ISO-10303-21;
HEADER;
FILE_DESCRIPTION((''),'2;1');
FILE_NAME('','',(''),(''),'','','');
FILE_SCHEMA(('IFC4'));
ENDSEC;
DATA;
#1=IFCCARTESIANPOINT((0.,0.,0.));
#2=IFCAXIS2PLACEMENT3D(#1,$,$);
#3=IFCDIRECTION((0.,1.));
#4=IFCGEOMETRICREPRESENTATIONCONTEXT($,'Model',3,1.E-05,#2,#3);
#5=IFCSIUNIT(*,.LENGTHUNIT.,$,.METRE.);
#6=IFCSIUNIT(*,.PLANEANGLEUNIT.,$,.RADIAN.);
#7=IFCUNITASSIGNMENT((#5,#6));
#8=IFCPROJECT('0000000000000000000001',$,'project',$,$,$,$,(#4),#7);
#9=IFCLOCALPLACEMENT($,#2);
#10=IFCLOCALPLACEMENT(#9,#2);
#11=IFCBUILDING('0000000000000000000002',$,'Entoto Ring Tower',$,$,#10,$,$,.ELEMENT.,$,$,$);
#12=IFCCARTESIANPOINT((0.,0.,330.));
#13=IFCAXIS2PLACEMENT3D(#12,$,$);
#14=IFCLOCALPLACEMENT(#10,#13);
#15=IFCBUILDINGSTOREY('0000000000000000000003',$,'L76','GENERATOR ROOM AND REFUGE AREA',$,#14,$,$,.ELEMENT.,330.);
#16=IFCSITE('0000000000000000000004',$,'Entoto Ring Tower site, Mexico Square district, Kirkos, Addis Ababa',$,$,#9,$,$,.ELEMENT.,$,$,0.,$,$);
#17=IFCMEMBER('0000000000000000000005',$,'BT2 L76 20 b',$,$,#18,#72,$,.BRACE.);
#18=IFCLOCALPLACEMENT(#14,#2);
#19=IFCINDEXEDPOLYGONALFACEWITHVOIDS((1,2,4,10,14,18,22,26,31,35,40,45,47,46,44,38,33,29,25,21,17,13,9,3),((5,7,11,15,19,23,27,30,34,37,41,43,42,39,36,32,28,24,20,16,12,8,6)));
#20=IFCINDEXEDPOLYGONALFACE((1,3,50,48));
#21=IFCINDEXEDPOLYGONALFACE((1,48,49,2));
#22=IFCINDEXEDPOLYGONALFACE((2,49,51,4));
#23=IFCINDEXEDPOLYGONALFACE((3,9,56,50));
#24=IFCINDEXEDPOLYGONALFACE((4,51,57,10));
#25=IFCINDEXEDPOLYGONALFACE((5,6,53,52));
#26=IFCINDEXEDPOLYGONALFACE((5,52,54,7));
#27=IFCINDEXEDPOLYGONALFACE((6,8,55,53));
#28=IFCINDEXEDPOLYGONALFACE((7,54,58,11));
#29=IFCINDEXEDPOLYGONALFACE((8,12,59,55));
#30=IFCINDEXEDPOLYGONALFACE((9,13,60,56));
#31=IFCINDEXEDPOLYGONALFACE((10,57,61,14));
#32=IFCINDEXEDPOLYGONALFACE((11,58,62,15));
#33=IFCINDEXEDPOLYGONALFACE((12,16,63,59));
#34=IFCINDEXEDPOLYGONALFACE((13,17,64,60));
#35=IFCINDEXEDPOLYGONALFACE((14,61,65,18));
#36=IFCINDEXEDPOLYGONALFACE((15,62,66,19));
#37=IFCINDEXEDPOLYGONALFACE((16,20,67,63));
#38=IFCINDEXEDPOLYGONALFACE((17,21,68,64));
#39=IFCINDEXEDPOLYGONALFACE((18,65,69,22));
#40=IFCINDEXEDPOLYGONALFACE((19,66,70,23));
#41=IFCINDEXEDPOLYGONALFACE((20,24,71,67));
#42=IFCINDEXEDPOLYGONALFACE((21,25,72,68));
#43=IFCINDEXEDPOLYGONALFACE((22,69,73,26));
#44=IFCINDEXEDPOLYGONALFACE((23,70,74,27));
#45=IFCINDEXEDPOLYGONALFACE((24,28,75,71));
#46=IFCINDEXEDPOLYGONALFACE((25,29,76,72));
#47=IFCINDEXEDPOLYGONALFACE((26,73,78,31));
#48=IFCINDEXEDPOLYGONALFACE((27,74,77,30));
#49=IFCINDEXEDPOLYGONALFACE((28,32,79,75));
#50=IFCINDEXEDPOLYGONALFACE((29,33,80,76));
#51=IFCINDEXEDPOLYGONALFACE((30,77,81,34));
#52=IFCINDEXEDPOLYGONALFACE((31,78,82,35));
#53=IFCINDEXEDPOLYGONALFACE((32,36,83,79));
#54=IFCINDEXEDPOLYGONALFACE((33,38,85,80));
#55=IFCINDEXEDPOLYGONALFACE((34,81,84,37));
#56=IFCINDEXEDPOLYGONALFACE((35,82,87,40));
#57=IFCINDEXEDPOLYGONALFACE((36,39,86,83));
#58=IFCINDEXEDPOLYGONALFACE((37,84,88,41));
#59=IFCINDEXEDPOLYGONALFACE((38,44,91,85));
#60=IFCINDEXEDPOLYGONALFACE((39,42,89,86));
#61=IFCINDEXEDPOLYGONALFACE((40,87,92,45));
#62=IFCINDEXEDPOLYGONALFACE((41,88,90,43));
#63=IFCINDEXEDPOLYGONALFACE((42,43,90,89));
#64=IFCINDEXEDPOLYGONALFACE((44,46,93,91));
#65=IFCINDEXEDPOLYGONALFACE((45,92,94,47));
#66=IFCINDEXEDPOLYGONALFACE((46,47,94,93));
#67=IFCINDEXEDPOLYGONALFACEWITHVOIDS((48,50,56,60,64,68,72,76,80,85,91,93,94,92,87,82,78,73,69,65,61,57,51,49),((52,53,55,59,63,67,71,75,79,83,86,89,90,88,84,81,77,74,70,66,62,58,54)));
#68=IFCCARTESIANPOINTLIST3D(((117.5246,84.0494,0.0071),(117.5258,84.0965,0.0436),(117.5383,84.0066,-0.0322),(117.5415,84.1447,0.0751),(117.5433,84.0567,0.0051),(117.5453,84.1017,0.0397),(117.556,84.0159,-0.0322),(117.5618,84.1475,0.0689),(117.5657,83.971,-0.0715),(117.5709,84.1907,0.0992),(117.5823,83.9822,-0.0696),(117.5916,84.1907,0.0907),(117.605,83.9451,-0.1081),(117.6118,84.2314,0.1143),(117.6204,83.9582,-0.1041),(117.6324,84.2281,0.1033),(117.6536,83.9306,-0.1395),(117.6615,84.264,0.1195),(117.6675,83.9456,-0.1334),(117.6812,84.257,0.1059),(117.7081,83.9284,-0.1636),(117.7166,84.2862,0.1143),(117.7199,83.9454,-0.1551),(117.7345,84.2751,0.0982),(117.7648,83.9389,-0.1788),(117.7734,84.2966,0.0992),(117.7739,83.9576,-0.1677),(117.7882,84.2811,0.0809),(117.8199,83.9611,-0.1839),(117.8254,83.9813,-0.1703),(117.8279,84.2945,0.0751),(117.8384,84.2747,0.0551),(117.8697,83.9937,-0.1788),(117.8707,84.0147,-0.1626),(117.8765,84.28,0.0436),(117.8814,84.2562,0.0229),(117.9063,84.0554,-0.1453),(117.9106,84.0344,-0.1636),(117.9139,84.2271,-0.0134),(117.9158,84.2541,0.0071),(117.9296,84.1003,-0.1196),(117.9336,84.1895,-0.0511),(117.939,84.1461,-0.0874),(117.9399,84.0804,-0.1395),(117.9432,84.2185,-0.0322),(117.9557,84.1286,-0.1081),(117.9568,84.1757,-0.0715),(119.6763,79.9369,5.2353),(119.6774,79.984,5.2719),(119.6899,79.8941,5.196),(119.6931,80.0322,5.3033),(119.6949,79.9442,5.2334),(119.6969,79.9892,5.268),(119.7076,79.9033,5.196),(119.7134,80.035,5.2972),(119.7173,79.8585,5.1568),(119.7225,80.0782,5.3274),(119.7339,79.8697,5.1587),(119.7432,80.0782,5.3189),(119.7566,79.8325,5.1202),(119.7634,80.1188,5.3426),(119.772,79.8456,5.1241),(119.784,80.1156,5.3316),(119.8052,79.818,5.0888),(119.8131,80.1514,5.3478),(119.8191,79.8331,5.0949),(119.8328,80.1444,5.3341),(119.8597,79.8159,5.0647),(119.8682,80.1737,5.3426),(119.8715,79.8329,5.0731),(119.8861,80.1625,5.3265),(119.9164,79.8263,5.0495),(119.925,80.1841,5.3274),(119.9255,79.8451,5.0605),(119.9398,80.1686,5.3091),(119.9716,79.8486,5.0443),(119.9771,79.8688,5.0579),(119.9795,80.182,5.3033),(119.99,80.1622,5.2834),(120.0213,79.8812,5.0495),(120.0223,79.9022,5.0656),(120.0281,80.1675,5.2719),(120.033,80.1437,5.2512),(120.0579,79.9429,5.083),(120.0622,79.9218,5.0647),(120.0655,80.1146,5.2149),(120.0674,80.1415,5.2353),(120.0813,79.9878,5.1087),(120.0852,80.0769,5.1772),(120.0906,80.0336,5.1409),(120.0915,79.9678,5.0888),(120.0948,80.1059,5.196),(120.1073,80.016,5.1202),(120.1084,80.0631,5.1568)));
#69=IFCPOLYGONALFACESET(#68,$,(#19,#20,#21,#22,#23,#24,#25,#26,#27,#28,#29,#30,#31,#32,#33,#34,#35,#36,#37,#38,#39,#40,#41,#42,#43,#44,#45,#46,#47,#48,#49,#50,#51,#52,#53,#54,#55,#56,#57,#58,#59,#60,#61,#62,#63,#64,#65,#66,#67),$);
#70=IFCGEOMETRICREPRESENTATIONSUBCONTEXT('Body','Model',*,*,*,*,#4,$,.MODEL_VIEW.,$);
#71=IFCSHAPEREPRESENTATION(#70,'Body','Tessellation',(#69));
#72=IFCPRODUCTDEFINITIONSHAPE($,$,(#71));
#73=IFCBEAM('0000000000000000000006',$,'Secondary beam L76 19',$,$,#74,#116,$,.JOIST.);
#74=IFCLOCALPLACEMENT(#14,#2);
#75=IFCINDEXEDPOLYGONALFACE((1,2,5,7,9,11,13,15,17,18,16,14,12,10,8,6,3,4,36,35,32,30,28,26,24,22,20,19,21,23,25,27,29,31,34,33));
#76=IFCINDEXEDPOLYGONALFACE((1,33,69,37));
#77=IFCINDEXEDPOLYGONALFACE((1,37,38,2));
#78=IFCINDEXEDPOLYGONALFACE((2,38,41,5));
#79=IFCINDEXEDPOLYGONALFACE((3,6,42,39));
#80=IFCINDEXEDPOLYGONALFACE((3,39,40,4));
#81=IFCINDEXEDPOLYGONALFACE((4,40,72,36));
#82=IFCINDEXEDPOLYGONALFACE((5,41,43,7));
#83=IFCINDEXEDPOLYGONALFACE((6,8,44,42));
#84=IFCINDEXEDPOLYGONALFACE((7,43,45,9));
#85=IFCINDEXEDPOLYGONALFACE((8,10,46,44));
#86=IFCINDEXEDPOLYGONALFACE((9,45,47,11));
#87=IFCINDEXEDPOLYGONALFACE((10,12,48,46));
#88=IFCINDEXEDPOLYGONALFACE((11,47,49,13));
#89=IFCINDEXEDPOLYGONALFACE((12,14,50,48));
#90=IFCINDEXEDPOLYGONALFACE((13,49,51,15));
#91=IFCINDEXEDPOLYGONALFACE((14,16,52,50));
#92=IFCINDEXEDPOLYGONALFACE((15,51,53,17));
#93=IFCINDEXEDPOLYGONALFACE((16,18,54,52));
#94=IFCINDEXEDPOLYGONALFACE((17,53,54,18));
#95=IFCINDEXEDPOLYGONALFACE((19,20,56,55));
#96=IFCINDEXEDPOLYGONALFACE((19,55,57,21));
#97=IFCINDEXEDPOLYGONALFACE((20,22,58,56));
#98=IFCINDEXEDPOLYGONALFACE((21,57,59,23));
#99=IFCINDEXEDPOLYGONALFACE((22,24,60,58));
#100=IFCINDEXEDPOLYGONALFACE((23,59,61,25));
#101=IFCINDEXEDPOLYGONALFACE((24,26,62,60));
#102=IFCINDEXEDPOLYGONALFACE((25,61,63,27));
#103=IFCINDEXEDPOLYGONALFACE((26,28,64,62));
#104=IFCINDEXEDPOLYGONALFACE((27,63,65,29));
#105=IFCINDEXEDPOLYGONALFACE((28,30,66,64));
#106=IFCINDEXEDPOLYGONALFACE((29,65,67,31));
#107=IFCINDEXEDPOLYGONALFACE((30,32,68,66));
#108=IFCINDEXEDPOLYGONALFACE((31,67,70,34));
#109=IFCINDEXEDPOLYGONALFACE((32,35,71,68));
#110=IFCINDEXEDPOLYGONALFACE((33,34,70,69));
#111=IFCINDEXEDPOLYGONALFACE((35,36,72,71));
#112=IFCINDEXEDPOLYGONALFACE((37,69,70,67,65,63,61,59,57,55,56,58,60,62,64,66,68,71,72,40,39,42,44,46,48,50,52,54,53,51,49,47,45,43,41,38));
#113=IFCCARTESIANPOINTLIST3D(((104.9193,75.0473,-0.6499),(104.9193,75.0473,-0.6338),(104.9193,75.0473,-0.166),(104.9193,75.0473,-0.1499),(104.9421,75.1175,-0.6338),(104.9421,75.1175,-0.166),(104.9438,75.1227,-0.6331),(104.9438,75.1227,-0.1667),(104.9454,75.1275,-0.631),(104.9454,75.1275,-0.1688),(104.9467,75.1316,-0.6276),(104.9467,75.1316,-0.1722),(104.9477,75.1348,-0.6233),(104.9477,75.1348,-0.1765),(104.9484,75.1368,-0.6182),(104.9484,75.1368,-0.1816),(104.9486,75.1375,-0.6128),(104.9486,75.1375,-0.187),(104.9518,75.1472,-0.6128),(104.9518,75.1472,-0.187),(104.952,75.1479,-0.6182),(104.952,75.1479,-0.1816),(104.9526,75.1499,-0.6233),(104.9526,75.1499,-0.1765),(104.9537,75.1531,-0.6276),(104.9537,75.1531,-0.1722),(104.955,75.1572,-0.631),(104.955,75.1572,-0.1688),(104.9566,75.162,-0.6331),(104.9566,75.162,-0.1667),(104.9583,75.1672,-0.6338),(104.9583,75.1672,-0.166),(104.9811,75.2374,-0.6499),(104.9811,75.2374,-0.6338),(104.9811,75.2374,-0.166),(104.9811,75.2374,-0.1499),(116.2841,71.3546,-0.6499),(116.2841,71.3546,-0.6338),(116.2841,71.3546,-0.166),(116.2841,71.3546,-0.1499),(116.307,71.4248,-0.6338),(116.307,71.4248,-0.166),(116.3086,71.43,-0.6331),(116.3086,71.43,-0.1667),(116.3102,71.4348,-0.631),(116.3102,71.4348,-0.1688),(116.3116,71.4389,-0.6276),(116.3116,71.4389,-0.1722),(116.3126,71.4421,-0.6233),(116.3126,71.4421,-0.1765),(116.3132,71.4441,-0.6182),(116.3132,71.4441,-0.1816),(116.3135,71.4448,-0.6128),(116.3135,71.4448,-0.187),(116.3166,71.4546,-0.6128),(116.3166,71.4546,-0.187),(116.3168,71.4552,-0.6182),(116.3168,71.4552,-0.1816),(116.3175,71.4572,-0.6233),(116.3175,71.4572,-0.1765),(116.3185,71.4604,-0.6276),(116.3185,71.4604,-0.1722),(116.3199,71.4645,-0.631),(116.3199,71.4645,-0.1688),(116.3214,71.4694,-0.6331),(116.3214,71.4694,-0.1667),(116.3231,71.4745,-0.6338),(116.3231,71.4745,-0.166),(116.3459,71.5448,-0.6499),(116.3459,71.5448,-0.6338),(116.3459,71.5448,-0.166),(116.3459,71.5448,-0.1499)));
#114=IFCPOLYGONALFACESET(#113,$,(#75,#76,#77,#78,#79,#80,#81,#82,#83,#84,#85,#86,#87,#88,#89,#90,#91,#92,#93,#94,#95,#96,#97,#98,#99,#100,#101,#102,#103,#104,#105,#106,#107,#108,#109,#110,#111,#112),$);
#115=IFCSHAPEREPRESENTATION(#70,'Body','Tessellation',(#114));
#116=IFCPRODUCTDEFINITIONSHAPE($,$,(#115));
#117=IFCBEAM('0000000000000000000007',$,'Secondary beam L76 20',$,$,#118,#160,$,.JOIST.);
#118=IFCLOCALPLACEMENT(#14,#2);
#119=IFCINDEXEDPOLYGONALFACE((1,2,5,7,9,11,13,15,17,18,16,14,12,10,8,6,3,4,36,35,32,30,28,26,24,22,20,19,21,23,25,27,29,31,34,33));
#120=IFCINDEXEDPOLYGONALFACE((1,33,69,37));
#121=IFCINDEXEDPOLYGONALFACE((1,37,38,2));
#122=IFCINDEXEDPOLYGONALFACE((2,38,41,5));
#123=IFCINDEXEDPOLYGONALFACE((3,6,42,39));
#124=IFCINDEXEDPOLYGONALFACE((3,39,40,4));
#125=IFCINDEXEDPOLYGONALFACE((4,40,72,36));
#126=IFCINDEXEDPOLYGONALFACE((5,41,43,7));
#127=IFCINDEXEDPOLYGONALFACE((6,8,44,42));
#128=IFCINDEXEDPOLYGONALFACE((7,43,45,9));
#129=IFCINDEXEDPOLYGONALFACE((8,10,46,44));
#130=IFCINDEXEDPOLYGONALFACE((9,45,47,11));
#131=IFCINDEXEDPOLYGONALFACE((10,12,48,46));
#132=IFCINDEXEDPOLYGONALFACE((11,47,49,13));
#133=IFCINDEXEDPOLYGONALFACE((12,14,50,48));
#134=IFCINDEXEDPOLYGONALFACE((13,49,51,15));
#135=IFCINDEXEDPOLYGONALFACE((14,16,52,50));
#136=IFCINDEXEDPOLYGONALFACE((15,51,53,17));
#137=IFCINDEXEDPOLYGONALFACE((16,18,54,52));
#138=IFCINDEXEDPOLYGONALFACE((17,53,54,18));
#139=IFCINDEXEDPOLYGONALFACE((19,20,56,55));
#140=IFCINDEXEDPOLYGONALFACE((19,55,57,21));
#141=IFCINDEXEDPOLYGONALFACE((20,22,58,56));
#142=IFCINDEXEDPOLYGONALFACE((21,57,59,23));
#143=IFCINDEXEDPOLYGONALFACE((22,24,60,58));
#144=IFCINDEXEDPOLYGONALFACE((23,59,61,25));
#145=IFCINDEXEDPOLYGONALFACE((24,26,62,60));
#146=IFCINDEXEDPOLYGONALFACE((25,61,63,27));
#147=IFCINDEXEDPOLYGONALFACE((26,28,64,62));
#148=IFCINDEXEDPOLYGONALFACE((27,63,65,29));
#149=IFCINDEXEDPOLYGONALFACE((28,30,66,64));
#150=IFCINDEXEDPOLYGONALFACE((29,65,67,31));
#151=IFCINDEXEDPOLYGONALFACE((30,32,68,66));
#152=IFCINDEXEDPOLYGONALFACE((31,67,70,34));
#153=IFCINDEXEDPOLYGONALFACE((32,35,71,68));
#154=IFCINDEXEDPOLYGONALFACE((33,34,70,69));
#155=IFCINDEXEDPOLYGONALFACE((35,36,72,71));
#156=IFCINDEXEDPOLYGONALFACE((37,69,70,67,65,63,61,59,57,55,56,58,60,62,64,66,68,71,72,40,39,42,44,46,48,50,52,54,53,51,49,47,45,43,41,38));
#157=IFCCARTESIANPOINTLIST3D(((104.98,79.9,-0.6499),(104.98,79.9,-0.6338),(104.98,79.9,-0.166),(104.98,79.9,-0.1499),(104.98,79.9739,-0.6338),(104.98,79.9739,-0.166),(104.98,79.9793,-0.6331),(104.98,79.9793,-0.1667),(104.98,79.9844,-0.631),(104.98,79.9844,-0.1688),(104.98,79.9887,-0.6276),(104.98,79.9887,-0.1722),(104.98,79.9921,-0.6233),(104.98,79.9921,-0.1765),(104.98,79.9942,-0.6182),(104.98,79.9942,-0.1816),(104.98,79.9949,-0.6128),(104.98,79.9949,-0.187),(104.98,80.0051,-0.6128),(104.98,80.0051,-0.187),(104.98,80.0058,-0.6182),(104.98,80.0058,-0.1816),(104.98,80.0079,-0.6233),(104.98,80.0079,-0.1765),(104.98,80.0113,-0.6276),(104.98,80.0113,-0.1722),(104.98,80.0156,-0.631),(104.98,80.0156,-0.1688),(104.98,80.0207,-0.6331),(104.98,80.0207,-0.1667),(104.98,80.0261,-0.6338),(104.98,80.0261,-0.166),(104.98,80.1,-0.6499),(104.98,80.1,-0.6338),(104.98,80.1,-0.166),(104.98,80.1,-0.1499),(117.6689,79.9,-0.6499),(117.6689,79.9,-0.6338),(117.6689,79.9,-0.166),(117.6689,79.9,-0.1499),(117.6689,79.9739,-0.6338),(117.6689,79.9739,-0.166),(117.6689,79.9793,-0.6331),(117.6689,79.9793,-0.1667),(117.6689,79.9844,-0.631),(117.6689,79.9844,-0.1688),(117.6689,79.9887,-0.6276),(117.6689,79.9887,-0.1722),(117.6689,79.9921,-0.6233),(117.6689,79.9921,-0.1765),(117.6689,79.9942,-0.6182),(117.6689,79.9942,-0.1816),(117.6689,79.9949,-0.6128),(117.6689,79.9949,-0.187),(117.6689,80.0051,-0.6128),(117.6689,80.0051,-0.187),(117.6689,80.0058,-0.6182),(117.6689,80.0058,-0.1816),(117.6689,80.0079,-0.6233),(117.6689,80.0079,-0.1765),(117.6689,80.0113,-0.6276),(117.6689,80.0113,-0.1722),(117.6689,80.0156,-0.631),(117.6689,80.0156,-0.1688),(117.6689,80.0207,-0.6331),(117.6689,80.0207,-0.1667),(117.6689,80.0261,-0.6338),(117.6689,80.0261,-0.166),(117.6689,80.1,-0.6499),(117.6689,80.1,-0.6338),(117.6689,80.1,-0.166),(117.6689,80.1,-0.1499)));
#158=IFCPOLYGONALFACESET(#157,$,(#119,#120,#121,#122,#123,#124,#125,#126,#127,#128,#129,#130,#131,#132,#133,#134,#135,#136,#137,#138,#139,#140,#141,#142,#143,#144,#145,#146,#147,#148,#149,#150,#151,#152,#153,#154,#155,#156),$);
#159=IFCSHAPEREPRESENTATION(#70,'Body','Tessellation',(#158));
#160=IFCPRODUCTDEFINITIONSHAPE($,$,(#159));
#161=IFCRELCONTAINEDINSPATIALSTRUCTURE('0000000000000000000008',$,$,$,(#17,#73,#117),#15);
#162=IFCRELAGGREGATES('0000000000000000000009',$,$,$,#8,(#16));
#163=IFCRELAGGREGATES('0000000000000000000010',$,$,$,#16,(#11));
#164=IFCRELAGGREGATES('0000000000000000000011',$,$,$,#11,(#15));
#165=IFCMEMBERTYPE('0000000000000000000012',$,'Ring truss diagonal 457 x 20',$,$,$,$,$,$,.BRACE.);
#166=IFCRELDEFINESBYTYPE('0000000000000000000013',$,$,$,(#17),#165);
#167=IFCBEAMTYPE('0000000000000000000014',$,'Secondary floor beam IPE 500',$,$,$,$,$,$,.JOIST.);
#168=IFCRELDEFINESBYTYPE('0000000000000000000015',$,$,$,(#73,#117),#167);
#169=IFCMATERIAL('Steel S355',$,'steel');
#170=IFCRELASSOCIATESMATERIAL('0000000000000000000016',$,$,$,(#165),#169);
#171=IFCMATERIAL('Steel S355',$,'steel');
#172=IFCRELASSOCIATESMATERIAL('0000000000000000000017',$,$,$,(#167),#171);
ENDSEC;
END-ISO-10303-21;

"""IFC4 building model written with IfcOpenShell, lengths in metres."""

from ifc_helpers import new_model, si_unit, direction, frame, origin, origin_2d, place, context, subcontext, project, spatial, circle, hollow_circle, i_section, extrude, material, material_profile, profile_set, type_object, element, save


model = new_model("IFC4")

# Units and contexts
model_context = context("Model", 3, precision=1e-05, world=origin(), true_north=direction((0.0, 1.0)))
body_context = subcontext(model_context, "Body", "Model", "MODEL_VIEW")
ifc_project = project(units=[si_unit("LENGTHUNIT", "METRE"), si_unit("PLANEANGLEUNIT", "RADIAN")], contexts=[model_context])

# Site, building, storey
site_placement = place(None, origin())
site = spatial("IfcSite", under=ifc_project, at=site_placement, Name="Entoto Ring Tower site, Mexico Square district, Kirkos, Addis Ababa", CompositionType="ELEMENT", RefElevation=0.0)
building_placement = place(site_placement, origin())
building = spatial("IfcBuilding", under=site, at=building_placement, Name="Entoto Ring Tower", CompositionType="ELEMENT")
storey_placement = place(building_placement, frame((0.0, 0.0, 330.0)))
storey = spatial("IfcBuildingStorey", under=building, at=storey_placement, Name="L76", Description="GENERATOR ROOM AND REFUGE AREA", CompositionType="ELEMENT", Elevation=330.0)

# Member
ifc_material_1 = material(Name="Steel S355", Category="steel")
ifc_material_profile_1 = material_profile(ifc_material_1, hollow_circle(Radius=0.2285, WallThickness=0.02, at=origin_2d()), Name="CHS 457 x 20")
ifc_material_2 = material(Name="Concrete C60/75", Category="concrete")
ifc_material_profile_2 = material_profile(ifc_material_2, circle(Radius=0.2085, at=origin_2d()), Name="Concrete C60/75 infill")
ifc_profile_set_1 = profile_set([ifc_material_profile_1, ifc_material_profile_2], Name="Steel S355")
member_type_1 = type_object("IfcMemberType", Name="Ring truss diagonal 457 x 20", PredefinedType="BRACE", material=ifc_profile_set_1)
for number, where, z_axis, x_axis, name in (
    (1, (119.8923, 80.0, 5.196), (-0.307759, 0.588244, -0.747833), (-0.88606, -0.463571, 0.0), "BT2 L76 20 b"),
):
    element("IfcMember", number, at=place(storey_placement, frame(where, z_axis=z_axis, x_axis=x_axis)), inside=storey, type_object=member_type_1, Name=name, PredefinedType="BRACE", context=body_context, shape_type="SweptSolid", body=[
        extrude(hollow_circle(Radius=0.2285, WallThickness=0.02, at=origin_2d()), origin(), (0.0, 0.0, 1.0), 6.9912),
    ])

# Beams
ifc_material_3 = material(Name="Steel S355", Category="steel")
ifc_material_profile_3 = material_profile(ifc_material_3, i_section(OverallWidth=0.2, OverallDepth=0.5, WebThickness=0.0103, FlangeThickness=0.0161, FilletRadius=0.021, at=origin_2d()), Name="IPE 500")
ifc_profile_set_2 = profile_set([ifc_material_profile_3], Name="Steel S355")
beam_type_1 = type_object("IfcBeamType", Name="Secondary floor beam IPE 500", PredefinedType="JOIST", material=ifc_profile_set_2)
beam_1_placement = place(storey_placement, frame((104.9502, 75.1423, -0.3999), z_axis=(0.951057, -0.309017, 0.0), x_axis=(0.309017, 0.951057, 0.0)))
element("IfcBeam", 2, at=beam_1_placement, inside=storey, type_object=beam_type_1, Name="Secondary beam L76 19", PredefinedType="JOIST", context=body_context, shape_type="SweptSolid", body=[
    extrude(i_section(OverallWidth=0.2, OverallDepth=0.5, WebThickness=0.0103, FlangeThickness=0.0161, FilletRadius=0.021, at=origin_2d()), origin(), (0.0, 0.0, 1.0), 11.9497),
])
beam_2_placement = place(storey_placement, frame((104.98, 80.0, -0.3999), z_axis=(1.0, 0.0, 0.0), x_axis=(0.0, 1.0, 0.0)))
element("IfcBeam", 3, at=beam_2_placement, inside=storey, type_object=beam_type_1, Name="Secondary beam L76 20", PredefinedType="JOIST", context=body_context, shape_type="SweptSolid", body=[
    extrude(i_section(OverallWidth=0.2, OverallDepth=0.5, WebThickness=0.0103, FlangeThickness=0.0161, FilletRadius=0.021, at=origin_2d()), origin(), (0.0, 0.0, 1.0), 12.689),
])

save(model, "model.ifc")
